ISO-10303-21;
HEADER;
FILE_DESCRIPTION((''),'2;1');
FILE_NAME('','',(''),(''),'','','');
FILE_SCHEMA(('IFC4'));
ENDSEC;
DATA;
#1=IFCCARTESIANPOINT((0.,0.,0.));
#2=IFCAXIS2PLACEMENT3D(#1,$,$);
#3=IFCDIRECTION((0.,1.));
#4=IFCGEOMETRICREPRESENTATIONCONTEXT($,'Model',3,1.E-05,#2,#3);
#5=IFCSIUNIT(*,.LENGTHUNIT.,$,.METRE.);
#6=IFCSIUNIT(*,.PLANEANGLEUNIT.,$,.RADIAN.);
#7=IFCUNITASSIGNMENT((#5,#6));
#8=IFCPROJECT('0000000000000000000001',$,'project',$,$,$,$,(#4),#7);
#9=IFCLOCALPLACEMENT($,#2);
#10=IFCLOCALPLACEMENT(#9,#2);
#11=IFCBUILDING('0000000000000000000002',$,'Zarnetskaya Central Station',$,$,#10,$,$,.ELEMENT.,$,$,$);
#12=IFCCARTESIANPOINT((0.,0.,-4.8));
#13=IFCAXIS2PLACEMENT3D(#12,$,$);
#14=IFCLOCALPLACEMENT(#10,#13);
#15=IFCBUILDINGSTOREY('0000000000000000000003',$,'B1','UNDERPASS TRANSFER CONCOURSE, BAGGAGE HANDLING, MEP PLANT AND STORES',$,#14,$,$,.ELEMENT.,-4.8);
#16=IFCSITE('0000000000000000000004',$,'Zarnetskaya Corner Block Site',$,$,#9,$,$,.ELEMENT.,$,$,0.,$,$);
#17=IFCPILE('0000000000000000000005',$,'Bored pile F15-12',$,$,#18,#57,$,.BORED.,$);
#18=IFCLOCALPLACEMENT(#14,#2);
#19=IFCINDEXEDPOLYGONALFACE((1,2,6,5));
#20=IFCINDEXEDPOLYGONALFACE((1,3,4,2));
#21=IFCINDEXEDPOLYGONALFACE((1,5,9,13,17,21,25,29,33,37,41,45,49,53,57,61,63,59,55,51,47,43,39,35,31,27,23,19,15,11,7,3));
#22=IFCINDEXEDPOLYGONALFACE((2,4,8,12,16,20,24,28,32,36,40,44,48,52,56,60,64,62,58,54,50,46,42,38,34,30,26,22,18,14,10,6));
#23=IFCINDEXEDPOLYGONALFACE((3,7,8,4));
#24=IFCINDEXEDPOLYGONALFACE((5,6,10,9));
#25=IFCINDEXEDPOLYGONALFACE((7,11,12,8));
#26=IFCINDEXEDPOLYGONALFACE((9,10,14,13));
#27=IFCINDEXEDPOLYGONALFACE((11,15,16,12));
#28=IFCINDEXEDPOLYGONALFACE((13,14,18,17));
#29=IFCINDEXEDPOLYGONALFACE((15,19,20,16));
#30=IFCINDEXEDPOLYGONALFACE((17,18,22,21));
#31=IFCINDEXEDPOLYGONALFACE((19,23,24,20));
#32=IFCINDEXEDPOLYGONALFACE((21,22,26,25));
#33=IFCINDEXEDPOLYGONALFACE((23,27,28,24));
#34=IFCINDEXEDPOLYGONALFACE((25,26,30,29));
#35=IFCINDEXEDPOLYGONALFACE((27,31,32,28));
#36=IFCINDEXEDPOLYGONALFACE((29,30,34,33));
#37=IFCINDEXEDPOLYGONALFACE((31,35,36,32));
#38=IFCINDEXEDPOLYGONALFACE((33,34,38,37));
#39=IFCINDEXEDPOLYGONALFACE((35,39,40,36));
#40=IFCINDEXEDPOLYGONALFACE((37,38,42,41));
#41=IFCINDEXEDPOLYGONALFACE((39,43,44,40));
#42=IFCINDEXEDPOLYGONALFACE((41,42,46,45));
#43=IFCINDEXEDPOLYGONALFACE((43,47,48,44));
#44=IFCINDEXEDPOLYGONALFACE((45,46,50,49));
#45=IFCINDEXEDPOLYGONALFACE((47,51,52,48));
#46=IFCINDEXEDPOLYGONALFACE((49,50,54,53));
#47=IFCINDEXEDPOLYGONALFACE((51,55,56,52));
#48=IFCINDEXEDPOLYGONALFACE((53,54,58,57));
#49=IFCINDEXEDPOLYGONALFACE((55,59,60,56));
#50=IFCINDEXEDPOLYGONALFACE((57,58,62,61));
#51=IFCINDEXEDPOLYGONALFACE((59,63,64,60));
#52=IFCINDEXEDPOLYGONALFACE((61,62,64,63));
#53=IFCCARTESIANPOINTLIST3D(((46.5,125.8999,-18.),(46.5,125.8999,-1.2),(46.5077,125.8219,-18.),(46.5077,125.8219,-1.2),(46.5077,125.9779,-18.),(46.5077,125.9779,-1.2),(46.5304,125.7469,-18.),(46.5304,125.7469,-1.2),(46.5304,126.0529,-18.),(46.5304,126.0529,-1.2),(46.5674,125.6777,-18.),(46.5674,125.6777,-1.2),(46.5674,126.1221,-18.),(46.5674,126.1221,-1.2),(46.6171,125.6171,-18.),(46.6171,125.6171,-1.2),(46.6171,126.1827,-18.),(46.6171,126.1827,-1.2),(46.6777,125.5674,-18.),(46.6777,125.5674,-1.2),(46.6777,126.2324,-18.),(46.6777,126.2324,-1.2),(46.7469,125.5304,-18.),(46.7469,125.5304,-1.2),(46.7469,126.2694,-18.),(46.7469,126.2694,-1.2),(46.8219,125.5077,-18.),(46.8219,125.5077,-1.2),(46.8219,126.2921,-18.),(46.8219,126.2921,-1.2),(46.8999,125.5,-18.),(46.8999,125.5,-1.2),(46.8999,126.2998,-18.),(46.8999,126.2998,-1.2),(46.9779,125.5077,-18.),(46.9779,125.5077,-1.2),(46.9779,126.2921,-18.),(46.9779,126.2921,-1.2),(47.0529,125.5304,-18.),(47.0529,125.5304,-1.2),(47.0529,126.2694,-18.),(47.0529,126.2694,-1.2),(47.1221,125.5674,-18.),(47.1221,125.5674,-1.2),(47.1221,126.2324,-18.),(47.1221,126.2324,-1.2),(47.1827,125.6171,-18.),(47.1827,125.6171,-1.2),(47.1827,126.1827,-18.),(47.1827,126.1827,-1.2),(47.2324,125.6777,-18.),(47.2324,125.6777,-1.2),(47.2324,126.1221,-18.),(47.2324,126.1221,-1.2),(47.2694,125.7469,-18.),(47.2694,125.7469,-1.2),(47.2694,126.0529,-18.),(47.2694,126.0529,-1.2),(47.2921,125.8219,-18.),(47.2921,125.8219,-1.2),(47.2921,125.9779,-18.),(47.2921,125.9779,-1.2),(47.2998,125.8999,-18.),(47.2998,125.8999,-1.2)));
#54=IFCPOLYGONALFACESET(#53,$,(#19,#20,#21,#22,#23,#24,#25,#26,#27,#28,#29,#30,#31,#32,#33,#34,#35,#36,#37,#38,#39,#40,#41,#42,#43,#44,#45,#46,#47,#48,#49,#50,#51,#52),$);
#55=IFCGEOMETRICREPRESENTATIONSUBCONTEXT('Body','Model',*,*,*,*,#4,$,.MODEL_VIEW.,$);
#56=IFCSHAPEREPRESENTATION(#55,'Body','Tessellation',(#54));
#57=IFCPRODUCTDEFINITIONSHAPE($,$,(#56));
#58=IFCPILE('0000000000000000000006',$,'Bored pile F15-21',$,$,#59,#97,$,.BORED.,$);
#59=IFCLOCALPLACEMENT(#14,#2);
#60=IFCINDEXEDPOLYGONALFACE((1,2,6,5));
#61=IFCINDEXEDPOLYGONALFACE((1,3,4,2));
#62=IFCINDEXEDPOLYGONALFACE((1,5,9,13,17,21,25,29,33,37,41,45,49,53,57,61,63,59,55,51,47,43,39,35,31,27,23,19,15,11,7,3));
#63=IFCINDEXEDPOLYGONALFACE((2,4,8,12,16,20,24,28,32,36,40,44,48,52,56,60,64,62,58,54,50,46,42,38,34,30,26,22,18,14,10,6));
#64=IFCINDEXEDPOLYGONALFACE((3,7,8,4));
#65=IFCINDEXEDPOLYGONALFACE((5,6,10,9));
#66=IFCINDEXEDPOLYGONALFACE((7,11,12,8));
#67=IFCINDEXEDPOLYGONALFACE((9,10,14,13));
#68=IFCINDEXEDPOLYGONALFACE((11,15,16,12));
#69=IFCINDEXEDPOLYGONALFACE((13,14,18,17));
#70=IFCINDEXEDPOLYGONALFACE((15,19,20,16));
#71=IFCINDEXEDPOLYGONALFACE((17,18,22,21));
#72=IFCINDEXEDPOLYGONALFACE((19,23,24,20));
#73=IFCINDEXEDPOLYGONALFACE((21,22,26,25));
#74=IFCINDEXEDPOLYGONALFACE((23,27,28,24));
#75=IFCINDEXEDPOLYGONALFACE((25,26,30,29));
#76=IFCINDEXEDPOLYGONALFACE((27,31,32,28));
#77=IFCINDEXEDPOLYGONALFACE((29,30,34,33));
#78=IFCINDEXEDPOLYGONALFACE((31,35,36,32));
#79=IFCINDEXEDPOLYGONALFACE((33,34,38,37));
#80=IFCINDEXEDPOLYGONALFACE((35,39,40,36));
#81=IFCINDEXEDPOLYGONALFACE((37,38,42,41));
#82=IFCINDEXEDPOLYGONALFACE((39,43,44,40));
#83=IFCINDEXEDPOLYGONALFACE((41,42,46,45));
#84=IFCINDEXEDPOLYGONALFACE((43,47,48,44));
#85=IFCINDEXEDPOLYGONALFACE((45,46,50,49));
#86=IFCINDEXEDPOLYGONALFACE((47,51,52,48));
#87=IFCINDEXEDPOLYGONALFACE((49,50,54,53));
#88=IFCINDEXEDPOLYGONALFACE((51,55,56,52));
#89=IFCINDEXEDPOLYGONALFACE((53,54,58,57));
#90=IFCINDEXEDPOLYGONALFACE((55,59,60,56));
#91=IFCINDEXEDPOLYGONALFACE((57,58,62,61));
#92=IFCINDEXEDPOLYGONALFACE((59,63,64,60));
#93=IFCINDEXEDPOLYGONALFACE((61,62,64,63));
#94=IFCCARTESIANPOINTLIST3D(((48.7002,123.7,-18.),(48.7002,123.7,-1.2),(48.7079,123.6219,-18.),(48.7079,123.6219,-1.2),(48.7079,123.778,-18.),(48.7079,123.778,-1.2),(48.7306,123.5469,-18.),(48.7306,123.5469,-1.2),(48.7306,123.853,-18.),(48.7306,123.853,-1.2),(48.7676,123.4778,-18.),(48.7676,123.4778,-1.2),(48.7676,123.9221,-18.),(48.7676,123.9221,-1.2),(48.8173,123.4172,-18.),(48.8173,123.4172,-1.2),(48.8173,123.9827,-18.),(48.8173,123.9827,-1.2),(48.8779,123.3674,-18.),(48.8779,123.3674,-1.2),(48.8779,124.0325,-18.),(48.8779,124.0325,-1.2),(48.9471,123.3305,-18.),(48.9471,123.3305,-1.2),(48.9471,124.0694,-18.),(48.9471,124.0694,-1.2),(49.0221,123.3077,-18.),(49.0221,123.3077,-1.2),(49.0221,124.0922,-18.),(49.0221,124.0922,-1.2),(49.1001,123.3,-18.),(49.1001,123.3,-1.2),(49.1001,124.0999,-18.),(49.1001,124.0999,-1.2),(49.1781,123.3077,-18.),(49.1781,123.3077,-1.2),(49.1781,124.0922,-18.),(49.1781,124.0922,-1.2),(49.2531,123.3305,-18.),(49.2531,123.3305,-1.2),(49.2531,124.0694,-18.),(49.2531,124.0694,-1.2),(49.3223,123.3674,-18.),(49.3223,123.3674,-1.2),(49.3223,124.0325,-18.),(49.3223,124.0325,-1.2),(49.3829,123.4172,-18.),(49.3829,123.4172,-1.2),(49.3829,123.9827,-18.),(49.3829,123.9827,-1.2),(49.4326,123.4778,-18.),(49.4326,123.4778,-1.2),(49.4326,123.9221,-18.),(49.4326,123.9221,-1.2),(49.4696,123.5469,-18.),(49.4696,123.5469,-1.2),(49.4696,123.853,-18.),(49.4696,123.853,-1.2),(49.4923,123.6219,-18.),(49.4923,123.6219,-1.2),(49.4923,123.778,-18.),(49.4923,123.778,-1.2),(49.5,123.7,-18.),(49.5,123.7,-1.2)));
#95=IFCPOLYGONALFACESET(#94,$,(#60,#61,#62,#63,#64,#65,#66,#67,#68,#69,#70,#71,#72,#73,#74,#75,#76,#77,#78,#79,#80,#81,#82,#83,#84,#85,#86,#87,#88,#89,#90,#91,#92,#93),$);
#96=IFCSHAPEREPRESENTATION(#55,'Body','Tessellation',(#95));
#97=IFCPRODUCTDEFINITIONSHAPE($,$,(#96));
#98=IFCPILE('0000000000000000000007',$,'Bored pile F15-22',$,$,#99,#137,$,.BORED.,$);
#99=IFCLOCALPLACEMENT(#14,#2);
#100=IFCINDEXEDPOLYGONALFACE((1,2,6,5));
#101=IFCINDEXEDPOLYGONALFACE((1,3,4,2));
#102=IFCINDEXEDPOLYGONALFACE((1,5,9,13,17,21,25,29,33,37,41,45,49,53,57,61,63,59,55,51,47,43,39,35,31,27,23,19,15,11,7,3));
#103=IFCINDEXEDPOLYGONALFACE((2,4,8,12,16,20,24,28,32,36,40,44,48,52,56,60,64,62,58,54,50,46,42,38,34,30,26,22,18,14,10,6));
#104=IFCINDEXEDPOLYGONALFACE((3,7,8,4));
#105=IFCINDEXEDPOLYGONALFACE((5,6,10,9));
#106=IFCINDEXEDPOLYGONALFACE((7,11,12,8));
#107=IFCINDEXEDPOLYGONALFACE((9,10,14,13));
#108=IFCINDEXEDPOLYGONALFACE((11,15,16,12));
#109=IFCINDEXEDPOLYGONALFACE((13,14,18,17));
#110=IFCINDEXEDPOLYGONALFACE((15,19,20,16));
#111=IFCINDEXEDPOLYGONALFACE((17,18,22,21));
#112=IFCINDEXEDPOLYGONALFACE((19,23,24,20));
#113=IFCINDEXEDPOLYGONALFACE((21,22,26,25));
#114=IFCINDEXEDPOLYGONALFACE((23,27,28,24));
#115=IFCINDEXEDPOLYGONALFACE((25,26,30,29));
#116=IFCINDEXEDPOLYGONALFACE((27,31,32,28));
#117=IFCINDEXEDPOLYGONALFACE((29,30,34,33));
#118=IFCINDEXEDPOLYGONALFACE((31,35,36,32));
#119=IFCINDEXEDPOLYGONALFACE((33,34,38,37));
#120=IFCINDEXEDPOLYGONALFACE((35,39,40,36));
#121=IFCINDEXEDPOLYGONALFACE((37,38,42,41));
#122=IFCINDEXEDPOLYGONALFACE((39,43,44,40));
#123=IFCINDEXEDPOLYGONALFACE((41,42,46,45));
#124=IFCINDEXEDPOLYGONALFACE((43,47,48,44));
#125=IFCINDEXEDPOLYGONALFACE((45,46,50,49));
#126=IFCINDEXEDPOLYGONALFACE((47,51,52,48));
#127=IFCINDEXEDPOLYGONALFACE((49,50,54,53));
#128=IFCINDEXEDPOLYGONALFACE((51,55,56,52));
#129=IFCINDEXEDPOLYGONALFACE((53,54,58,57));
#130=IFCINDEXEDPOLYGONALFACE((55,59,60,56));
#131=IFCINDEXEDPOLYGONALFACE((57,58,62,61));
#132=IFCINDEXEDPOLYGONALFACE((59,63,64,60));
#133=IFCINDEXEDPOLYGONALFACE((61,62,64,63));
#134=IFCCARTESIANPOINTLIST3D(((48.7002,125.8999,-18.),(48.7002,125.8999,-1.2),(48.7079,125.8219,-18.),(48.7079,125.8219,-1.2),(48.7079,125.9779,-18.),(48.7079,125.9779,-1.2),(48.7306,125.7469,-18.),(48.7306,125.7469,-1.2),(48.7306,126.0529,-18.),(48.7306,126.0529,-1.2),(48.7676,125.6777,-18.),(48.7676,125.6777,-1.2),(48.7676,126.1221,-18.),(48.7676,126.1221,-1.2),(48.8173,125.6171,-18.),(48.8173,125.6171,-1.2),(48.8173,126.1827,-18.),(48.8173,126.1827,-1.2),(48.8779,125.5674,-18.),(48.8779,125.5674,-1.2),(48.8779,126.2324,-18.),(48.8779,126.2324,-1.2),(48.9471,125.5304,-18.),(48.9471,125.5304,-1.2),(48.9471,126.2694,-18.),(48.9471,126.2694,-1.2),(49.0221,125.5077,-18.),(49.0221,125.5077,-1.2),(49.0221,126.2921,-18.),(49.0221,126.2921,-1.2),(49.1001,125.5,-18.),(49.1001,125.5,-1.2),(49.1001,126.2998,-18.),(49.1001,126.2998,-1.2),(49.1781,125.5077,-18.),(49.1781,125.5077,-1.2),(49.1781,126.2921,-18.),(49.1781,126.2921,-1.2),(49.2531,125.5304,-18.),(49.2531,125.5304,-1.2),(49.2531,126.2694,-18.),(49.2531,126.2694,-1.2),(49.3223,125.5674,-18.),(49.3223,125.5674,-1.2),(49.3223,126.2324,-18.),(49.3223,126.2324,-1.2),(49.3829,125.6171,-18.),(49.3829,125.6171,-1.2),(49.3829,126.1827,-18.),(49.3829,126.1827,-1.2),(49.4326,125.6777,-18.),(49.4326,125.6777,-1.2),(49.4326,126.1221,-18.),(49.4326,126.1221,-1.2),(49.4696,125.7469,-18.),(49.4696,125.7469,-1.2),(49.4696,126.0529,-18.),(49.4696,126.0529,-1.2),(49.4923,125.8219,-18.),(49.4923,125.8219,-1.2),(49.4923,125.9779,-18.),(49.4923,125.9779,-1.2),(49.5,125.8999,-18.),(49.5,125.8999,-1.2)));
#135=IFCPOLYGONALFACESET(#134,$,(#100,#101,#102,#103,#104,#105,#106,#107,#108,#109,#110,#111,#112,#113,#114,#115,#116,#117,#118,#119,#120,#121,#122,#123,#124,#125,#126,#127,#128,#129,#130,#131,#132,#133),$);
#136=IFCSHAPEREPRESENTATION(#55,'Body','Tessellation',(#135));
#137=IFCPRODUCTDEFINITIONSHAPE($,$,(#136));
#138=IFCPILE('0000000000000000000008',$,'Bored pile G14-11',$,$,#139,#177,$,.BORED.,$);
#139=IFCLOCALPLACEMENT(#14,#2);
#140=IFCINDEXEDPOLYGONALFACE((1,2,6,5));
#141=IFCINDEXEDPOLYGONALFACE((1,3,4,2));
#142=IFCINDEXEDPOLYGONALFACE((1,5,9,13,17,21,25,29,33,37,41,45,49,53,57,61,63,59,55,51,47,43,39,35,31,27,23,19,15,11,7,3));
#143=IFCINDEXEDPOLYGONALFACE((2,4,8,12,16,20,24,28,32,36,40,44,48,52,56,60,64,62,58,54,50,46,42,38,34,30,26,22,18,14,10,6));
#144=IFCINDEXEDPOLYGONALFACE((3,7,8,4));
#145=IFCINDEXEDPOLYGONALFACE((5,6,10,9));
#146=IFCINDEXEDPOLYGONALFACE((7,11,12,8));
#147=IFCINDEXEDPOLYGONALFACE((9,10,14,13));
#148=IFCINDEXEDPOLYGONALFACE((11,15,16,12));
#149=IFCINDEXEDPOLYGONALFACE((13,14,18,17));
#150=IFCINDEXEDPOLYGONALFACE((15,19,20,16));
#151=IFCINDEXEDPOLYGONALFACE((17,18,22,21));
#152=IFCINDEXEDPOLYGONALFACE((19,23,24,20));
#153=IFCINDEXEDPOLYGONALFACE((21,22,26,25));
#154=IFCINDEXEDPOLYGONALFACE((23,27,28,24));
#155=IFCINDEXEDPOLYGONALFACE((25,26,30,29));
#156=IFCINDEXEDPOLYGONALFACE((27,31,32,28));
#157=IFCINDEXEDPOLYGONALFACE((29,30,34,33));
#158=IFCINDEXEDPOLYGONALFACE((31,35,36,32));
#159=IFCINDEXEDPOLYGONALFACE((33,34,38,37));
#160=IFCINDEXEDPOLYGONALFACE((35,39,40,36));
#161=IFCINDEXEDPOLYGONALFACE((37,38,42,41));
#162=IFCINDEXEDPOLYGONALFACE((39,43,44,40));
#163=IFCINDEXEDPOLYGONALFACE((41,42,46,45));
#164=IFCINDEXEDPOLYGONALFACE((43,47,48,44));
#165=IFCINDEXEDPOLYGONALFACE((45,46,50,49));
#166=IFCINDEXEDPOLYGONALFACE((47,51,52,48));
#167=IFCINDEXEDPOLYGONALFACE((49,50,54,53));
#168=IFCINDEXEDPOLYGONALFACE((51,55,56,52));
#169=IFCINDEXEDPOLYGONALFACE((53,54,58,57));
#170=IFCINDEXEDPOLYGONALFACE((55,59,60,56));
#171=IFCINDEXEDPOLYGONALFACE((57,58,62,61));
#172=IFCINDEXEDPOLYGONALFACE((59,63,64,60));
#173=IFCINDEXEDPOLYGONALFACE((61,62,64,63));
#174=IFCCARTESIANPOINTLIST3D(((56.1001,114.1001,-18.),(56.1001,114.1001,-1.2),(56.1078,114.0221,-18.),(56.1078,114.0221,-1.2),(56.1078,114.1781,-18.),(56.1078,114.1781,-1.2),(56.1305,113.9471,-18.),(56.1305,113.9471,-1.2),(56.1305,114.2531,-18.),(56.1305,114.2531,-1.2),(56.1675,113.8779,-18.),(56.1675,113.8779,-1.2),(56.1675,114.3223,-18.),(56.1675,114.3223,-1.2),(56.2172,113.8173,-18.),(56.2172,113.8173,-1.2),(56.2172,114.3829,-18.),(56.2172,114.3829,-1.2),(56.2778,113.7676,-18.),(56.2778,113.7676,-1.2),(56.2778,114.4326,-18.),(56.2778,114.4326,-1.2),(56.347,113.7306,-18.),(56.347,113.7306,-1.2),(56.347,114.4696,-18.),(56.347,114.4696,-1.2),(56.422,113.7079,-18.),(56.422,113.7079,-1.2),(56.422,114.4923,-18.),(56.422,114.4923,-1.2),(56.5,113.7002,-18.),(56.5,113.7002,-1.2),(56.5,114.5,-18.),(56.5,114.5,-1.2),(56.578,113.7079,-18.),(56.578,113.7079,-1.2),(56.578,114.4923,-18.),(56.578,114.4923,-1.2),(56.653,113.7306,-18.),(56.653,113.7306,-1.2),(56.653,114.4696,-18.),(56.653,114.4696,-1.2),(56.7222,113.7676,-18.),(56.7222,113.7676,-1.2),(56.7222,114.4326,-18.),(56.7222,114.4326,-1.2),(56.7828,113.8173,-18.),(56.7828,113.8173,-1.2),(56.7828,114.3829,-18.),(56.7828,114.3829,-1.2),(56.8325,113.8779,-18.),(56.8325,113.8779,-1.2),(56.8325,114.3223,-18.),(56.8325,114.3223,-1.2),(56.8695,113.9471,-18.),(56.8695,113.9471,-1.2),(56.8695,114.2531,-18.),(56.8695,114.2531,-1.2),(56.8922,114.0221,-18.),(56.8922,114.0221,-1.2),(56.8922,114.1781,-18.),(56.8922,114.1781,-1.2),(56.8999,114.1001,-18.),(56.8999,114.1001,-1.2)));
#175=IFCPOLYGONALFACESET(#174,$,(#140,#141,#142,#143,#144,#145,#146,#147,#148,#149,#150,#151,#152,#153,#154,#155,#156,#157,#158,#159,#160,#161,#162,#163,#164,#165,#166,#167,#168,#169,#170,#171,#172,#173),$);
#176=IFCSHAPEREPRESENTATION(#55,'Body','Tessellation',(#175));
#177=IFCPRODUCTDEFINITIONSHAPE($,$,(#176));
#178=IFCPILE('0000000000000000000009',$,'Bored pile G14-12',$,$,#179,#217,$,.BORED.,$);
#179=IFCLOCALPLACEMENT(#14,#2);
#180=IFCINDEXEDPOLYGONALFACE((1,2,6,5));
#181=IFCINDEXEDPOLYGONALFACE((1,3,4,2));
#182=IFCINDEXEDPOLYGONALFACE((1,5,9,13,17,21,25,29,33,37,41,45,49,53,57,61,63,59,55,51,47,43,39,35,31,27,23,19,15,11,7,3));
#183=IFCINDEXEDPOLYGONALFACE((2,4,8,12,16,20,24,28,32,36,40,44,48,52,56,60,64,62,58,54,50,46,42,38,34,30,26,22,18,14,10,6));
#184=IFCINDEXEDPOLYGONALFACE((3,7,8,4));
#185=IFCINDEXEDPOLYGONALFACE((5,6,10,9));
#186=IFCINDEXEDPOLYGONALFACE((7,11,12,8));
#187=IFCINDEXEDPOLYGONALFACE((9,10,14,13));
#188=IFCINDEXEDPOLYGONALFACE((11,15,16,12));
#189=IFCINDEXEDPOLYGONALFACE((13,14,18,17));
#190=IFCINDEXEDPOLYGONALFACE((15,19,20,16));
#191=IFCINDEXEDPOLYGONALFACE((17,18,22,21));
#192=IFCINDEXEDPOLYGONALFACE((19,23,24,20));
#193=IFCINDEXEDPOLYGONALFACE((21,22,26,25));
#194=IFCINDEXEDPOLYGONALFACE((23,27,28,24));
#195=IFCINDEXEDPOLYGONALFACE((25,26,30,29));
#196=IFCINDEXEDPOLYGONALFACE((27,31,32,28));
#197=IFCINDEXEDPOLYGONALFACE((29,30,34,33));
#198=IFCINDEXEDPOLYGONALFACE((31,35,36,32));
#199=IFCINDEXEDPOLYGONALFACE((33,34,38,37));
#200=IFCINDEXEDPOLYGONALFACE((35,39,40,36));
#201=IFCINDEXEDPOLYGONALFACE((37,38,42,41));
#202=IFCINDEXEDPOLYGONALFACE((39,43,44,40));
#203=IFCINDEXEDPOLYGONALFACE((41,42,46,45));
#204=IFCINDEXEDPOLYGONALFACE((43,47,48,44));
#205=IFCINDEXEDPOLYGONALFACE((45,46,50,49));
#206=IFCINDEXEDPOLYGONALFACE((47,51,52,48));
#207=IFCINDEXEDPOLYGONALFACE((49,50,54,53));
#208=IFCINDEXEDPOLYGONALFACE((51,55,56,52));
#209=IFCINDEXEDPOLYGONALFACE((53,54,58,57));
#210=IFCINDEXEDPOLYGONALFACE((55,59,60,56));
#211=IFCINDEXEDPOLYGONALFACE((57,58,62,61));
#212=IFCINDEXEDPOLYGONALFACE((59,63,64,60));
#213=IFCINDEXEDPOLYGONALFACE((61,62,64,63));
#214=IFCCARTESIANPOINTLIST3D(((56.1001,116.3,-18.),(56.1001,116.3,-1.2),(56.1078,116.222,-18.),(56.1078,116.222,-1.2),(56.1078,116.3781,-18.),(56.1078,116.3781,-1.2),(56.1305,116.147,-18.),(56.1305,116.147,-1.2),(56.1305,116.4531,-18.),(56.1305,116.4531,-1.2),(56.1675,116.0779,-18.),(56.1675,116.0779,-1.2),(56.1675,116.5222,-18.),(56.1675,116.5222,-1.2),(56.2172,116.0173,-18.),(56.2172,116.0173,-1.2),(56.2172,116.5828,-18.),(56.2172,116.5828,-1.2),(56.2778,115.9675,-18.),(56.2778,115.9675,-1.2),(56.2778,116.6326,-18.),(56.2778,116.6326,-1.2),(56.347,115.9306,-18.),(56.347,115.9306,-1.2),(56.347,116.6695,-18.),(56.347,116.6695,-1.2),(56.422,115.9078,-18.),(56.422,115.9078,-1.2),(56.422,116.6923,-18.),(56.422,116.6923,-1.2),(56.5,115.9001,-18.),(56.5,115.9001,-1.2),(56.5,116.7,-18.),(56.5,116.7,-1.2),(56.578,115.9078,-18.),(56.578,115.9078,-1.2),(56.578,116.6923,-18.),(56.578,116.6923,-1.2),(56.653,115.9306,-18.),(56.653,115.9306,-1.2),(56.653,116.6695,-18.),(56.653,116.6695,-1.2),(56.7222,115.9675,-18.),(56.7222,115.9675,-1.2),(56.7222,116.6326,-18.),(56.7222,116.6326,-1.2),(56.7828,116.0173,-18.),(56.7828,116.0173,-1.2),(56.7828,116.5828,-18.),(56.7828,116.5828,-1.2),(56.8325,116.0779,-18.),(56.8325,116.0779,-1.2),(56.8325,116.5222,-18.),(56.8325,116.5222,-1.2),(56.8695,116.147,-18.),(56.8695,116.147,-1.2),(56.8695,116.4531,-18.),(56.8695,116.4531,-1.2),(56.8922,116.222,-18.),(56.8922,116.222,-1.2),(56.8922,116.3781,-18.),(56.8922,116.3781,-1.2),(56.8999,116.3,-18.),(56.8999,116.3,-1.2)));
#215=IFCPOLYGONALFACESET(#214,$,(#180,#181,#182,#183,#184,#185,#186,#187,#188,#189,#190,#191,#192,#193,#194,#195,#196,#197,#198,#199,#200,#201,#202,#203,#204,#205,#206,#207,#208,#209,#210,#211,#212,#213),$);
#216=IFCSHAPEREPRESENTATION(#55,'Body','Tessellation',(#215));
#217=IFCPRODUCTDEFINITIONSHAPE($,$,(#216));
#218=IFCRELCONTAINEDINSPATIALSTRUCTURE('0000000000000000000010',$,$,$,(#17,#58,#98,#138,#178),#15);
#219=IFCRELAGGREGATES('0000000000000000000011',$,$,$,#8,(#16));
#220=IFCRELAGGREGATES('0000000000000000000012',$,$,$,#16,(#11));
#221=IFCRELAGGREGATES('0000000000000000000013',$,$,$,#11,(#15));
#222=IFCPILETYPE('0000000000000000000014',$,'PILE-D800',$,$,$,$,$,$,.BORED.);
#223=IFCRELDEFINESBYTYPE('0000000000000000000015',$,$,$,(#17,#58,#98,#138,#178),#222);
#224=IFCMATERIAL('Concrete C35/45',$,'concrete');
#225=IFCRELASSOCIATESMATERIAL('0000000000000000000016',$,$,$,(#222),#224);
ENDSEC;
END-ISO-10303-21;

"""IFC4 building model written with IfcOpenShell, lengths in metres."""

from ifc_helpers import new_model, si_unit, direction, frame, origin, origin_2d, place, context, subcontext, project, spatial, circle, extrude, material, material_profile, profile_set, type_object, element, save


model = new_model("IFC4")

# Units and contexts
model_context = context("Model", 3, precision=1e-05, world=origin(), true_north=direction((0.0, 1.0)))
body_context = subcontext(model_context, "Body", "Model", "MODEL_VIEW")
ifc_project = project(units=[si_unit("LENGTHUNIT", "METRE"), si_unit("PLANEANGLEUNIT", "RADIAN")], contexts=[model_context])

# Site, building, storey
site_placement = place(None, origin())
site = spatial("IfcSite", under=ifc_project, at=site_placement, Name="Zarnetskaya Corner Block Site", CompositionType="ELEMENT", RefElevation=0.0)
building_placement = place(site_placement, origin())
building = spatial("IfcBuilding", under=site, at=building_placement, Name="Zarnetskaya Central Station", CompositionType="ELEMENT")
storey_placement = place(building_placement, frame((0.0, 0.0, -4.8)))
storey = spatial("IfcBuildingStorey", under=building, at=storey_placement, Name="B1", Description="UNDERPASS TRANSFER CONCOURSE, BAGGAGE HANDLING, MEP PLANT AND STORES", CompositionType="ELEMENT", Elevation=-4.8)

# Shared definitions
ifc_material = material(Name="Concrete C35/45", Category="concrete")

# Piles
ifc_material_profile_1 = material_profile(ifc_material, circle(Radius=0.3999, at=origin_2d()), Name="BORED PILE D800")
ifc_profile_set_1 = profile_set([ifc_material_profile_1], Name="Concrete C35/45")
pile_type_1 = type_object("IfcPileType", Name="PILE-D800", PredefinedType="BORED", material=ifc_profile_set_1)
for number, where, z_axis, x_axis, name in (
    (1, (46.8999, 125.8999, -1.2), (0.0, 0.0, -1.0), (1.0, 0.0, 0.0), "Bored pile F15-12"),
    (2, (49.1001, 123.7, -1.2), (0.0, 0.0, -1.0), (1.0, 0.0, 0.0), "Bored pile F15-21"),
    (3, (49.1001, 125.8999, -1.2), (0.0, 0.0, -1.0), (1.0, 0.0, 0.0), "Bored pile F15-22"),
    (4, (56.5, 114.1001, -1.2), (0.0, 0.0, -1.0), (1.0, 0.0, 0.0), "Bored pile G14-11"),
    (5, (56.5, 116.3, -1.2), (0.0, 0.0, -1.0), (1.0, 0.0, 0.0), "Bored pile G14-12"),
):
    element("IfcPile", number, at=place(storey_placement, frame(where, z_axis=z_axis, x_axis=x_axis)), inside=storey, type_object=pile_type_1, Name=name, PredefinedType="BORED", context=body_context, shape_type="SweptSolid", body=[
        extrude(circle(Radius=0.3999, at=origin_2d()), origin(), (0.0, 0.0, 1.0), 16.8),
    ])

save(model, "model.ifc")
